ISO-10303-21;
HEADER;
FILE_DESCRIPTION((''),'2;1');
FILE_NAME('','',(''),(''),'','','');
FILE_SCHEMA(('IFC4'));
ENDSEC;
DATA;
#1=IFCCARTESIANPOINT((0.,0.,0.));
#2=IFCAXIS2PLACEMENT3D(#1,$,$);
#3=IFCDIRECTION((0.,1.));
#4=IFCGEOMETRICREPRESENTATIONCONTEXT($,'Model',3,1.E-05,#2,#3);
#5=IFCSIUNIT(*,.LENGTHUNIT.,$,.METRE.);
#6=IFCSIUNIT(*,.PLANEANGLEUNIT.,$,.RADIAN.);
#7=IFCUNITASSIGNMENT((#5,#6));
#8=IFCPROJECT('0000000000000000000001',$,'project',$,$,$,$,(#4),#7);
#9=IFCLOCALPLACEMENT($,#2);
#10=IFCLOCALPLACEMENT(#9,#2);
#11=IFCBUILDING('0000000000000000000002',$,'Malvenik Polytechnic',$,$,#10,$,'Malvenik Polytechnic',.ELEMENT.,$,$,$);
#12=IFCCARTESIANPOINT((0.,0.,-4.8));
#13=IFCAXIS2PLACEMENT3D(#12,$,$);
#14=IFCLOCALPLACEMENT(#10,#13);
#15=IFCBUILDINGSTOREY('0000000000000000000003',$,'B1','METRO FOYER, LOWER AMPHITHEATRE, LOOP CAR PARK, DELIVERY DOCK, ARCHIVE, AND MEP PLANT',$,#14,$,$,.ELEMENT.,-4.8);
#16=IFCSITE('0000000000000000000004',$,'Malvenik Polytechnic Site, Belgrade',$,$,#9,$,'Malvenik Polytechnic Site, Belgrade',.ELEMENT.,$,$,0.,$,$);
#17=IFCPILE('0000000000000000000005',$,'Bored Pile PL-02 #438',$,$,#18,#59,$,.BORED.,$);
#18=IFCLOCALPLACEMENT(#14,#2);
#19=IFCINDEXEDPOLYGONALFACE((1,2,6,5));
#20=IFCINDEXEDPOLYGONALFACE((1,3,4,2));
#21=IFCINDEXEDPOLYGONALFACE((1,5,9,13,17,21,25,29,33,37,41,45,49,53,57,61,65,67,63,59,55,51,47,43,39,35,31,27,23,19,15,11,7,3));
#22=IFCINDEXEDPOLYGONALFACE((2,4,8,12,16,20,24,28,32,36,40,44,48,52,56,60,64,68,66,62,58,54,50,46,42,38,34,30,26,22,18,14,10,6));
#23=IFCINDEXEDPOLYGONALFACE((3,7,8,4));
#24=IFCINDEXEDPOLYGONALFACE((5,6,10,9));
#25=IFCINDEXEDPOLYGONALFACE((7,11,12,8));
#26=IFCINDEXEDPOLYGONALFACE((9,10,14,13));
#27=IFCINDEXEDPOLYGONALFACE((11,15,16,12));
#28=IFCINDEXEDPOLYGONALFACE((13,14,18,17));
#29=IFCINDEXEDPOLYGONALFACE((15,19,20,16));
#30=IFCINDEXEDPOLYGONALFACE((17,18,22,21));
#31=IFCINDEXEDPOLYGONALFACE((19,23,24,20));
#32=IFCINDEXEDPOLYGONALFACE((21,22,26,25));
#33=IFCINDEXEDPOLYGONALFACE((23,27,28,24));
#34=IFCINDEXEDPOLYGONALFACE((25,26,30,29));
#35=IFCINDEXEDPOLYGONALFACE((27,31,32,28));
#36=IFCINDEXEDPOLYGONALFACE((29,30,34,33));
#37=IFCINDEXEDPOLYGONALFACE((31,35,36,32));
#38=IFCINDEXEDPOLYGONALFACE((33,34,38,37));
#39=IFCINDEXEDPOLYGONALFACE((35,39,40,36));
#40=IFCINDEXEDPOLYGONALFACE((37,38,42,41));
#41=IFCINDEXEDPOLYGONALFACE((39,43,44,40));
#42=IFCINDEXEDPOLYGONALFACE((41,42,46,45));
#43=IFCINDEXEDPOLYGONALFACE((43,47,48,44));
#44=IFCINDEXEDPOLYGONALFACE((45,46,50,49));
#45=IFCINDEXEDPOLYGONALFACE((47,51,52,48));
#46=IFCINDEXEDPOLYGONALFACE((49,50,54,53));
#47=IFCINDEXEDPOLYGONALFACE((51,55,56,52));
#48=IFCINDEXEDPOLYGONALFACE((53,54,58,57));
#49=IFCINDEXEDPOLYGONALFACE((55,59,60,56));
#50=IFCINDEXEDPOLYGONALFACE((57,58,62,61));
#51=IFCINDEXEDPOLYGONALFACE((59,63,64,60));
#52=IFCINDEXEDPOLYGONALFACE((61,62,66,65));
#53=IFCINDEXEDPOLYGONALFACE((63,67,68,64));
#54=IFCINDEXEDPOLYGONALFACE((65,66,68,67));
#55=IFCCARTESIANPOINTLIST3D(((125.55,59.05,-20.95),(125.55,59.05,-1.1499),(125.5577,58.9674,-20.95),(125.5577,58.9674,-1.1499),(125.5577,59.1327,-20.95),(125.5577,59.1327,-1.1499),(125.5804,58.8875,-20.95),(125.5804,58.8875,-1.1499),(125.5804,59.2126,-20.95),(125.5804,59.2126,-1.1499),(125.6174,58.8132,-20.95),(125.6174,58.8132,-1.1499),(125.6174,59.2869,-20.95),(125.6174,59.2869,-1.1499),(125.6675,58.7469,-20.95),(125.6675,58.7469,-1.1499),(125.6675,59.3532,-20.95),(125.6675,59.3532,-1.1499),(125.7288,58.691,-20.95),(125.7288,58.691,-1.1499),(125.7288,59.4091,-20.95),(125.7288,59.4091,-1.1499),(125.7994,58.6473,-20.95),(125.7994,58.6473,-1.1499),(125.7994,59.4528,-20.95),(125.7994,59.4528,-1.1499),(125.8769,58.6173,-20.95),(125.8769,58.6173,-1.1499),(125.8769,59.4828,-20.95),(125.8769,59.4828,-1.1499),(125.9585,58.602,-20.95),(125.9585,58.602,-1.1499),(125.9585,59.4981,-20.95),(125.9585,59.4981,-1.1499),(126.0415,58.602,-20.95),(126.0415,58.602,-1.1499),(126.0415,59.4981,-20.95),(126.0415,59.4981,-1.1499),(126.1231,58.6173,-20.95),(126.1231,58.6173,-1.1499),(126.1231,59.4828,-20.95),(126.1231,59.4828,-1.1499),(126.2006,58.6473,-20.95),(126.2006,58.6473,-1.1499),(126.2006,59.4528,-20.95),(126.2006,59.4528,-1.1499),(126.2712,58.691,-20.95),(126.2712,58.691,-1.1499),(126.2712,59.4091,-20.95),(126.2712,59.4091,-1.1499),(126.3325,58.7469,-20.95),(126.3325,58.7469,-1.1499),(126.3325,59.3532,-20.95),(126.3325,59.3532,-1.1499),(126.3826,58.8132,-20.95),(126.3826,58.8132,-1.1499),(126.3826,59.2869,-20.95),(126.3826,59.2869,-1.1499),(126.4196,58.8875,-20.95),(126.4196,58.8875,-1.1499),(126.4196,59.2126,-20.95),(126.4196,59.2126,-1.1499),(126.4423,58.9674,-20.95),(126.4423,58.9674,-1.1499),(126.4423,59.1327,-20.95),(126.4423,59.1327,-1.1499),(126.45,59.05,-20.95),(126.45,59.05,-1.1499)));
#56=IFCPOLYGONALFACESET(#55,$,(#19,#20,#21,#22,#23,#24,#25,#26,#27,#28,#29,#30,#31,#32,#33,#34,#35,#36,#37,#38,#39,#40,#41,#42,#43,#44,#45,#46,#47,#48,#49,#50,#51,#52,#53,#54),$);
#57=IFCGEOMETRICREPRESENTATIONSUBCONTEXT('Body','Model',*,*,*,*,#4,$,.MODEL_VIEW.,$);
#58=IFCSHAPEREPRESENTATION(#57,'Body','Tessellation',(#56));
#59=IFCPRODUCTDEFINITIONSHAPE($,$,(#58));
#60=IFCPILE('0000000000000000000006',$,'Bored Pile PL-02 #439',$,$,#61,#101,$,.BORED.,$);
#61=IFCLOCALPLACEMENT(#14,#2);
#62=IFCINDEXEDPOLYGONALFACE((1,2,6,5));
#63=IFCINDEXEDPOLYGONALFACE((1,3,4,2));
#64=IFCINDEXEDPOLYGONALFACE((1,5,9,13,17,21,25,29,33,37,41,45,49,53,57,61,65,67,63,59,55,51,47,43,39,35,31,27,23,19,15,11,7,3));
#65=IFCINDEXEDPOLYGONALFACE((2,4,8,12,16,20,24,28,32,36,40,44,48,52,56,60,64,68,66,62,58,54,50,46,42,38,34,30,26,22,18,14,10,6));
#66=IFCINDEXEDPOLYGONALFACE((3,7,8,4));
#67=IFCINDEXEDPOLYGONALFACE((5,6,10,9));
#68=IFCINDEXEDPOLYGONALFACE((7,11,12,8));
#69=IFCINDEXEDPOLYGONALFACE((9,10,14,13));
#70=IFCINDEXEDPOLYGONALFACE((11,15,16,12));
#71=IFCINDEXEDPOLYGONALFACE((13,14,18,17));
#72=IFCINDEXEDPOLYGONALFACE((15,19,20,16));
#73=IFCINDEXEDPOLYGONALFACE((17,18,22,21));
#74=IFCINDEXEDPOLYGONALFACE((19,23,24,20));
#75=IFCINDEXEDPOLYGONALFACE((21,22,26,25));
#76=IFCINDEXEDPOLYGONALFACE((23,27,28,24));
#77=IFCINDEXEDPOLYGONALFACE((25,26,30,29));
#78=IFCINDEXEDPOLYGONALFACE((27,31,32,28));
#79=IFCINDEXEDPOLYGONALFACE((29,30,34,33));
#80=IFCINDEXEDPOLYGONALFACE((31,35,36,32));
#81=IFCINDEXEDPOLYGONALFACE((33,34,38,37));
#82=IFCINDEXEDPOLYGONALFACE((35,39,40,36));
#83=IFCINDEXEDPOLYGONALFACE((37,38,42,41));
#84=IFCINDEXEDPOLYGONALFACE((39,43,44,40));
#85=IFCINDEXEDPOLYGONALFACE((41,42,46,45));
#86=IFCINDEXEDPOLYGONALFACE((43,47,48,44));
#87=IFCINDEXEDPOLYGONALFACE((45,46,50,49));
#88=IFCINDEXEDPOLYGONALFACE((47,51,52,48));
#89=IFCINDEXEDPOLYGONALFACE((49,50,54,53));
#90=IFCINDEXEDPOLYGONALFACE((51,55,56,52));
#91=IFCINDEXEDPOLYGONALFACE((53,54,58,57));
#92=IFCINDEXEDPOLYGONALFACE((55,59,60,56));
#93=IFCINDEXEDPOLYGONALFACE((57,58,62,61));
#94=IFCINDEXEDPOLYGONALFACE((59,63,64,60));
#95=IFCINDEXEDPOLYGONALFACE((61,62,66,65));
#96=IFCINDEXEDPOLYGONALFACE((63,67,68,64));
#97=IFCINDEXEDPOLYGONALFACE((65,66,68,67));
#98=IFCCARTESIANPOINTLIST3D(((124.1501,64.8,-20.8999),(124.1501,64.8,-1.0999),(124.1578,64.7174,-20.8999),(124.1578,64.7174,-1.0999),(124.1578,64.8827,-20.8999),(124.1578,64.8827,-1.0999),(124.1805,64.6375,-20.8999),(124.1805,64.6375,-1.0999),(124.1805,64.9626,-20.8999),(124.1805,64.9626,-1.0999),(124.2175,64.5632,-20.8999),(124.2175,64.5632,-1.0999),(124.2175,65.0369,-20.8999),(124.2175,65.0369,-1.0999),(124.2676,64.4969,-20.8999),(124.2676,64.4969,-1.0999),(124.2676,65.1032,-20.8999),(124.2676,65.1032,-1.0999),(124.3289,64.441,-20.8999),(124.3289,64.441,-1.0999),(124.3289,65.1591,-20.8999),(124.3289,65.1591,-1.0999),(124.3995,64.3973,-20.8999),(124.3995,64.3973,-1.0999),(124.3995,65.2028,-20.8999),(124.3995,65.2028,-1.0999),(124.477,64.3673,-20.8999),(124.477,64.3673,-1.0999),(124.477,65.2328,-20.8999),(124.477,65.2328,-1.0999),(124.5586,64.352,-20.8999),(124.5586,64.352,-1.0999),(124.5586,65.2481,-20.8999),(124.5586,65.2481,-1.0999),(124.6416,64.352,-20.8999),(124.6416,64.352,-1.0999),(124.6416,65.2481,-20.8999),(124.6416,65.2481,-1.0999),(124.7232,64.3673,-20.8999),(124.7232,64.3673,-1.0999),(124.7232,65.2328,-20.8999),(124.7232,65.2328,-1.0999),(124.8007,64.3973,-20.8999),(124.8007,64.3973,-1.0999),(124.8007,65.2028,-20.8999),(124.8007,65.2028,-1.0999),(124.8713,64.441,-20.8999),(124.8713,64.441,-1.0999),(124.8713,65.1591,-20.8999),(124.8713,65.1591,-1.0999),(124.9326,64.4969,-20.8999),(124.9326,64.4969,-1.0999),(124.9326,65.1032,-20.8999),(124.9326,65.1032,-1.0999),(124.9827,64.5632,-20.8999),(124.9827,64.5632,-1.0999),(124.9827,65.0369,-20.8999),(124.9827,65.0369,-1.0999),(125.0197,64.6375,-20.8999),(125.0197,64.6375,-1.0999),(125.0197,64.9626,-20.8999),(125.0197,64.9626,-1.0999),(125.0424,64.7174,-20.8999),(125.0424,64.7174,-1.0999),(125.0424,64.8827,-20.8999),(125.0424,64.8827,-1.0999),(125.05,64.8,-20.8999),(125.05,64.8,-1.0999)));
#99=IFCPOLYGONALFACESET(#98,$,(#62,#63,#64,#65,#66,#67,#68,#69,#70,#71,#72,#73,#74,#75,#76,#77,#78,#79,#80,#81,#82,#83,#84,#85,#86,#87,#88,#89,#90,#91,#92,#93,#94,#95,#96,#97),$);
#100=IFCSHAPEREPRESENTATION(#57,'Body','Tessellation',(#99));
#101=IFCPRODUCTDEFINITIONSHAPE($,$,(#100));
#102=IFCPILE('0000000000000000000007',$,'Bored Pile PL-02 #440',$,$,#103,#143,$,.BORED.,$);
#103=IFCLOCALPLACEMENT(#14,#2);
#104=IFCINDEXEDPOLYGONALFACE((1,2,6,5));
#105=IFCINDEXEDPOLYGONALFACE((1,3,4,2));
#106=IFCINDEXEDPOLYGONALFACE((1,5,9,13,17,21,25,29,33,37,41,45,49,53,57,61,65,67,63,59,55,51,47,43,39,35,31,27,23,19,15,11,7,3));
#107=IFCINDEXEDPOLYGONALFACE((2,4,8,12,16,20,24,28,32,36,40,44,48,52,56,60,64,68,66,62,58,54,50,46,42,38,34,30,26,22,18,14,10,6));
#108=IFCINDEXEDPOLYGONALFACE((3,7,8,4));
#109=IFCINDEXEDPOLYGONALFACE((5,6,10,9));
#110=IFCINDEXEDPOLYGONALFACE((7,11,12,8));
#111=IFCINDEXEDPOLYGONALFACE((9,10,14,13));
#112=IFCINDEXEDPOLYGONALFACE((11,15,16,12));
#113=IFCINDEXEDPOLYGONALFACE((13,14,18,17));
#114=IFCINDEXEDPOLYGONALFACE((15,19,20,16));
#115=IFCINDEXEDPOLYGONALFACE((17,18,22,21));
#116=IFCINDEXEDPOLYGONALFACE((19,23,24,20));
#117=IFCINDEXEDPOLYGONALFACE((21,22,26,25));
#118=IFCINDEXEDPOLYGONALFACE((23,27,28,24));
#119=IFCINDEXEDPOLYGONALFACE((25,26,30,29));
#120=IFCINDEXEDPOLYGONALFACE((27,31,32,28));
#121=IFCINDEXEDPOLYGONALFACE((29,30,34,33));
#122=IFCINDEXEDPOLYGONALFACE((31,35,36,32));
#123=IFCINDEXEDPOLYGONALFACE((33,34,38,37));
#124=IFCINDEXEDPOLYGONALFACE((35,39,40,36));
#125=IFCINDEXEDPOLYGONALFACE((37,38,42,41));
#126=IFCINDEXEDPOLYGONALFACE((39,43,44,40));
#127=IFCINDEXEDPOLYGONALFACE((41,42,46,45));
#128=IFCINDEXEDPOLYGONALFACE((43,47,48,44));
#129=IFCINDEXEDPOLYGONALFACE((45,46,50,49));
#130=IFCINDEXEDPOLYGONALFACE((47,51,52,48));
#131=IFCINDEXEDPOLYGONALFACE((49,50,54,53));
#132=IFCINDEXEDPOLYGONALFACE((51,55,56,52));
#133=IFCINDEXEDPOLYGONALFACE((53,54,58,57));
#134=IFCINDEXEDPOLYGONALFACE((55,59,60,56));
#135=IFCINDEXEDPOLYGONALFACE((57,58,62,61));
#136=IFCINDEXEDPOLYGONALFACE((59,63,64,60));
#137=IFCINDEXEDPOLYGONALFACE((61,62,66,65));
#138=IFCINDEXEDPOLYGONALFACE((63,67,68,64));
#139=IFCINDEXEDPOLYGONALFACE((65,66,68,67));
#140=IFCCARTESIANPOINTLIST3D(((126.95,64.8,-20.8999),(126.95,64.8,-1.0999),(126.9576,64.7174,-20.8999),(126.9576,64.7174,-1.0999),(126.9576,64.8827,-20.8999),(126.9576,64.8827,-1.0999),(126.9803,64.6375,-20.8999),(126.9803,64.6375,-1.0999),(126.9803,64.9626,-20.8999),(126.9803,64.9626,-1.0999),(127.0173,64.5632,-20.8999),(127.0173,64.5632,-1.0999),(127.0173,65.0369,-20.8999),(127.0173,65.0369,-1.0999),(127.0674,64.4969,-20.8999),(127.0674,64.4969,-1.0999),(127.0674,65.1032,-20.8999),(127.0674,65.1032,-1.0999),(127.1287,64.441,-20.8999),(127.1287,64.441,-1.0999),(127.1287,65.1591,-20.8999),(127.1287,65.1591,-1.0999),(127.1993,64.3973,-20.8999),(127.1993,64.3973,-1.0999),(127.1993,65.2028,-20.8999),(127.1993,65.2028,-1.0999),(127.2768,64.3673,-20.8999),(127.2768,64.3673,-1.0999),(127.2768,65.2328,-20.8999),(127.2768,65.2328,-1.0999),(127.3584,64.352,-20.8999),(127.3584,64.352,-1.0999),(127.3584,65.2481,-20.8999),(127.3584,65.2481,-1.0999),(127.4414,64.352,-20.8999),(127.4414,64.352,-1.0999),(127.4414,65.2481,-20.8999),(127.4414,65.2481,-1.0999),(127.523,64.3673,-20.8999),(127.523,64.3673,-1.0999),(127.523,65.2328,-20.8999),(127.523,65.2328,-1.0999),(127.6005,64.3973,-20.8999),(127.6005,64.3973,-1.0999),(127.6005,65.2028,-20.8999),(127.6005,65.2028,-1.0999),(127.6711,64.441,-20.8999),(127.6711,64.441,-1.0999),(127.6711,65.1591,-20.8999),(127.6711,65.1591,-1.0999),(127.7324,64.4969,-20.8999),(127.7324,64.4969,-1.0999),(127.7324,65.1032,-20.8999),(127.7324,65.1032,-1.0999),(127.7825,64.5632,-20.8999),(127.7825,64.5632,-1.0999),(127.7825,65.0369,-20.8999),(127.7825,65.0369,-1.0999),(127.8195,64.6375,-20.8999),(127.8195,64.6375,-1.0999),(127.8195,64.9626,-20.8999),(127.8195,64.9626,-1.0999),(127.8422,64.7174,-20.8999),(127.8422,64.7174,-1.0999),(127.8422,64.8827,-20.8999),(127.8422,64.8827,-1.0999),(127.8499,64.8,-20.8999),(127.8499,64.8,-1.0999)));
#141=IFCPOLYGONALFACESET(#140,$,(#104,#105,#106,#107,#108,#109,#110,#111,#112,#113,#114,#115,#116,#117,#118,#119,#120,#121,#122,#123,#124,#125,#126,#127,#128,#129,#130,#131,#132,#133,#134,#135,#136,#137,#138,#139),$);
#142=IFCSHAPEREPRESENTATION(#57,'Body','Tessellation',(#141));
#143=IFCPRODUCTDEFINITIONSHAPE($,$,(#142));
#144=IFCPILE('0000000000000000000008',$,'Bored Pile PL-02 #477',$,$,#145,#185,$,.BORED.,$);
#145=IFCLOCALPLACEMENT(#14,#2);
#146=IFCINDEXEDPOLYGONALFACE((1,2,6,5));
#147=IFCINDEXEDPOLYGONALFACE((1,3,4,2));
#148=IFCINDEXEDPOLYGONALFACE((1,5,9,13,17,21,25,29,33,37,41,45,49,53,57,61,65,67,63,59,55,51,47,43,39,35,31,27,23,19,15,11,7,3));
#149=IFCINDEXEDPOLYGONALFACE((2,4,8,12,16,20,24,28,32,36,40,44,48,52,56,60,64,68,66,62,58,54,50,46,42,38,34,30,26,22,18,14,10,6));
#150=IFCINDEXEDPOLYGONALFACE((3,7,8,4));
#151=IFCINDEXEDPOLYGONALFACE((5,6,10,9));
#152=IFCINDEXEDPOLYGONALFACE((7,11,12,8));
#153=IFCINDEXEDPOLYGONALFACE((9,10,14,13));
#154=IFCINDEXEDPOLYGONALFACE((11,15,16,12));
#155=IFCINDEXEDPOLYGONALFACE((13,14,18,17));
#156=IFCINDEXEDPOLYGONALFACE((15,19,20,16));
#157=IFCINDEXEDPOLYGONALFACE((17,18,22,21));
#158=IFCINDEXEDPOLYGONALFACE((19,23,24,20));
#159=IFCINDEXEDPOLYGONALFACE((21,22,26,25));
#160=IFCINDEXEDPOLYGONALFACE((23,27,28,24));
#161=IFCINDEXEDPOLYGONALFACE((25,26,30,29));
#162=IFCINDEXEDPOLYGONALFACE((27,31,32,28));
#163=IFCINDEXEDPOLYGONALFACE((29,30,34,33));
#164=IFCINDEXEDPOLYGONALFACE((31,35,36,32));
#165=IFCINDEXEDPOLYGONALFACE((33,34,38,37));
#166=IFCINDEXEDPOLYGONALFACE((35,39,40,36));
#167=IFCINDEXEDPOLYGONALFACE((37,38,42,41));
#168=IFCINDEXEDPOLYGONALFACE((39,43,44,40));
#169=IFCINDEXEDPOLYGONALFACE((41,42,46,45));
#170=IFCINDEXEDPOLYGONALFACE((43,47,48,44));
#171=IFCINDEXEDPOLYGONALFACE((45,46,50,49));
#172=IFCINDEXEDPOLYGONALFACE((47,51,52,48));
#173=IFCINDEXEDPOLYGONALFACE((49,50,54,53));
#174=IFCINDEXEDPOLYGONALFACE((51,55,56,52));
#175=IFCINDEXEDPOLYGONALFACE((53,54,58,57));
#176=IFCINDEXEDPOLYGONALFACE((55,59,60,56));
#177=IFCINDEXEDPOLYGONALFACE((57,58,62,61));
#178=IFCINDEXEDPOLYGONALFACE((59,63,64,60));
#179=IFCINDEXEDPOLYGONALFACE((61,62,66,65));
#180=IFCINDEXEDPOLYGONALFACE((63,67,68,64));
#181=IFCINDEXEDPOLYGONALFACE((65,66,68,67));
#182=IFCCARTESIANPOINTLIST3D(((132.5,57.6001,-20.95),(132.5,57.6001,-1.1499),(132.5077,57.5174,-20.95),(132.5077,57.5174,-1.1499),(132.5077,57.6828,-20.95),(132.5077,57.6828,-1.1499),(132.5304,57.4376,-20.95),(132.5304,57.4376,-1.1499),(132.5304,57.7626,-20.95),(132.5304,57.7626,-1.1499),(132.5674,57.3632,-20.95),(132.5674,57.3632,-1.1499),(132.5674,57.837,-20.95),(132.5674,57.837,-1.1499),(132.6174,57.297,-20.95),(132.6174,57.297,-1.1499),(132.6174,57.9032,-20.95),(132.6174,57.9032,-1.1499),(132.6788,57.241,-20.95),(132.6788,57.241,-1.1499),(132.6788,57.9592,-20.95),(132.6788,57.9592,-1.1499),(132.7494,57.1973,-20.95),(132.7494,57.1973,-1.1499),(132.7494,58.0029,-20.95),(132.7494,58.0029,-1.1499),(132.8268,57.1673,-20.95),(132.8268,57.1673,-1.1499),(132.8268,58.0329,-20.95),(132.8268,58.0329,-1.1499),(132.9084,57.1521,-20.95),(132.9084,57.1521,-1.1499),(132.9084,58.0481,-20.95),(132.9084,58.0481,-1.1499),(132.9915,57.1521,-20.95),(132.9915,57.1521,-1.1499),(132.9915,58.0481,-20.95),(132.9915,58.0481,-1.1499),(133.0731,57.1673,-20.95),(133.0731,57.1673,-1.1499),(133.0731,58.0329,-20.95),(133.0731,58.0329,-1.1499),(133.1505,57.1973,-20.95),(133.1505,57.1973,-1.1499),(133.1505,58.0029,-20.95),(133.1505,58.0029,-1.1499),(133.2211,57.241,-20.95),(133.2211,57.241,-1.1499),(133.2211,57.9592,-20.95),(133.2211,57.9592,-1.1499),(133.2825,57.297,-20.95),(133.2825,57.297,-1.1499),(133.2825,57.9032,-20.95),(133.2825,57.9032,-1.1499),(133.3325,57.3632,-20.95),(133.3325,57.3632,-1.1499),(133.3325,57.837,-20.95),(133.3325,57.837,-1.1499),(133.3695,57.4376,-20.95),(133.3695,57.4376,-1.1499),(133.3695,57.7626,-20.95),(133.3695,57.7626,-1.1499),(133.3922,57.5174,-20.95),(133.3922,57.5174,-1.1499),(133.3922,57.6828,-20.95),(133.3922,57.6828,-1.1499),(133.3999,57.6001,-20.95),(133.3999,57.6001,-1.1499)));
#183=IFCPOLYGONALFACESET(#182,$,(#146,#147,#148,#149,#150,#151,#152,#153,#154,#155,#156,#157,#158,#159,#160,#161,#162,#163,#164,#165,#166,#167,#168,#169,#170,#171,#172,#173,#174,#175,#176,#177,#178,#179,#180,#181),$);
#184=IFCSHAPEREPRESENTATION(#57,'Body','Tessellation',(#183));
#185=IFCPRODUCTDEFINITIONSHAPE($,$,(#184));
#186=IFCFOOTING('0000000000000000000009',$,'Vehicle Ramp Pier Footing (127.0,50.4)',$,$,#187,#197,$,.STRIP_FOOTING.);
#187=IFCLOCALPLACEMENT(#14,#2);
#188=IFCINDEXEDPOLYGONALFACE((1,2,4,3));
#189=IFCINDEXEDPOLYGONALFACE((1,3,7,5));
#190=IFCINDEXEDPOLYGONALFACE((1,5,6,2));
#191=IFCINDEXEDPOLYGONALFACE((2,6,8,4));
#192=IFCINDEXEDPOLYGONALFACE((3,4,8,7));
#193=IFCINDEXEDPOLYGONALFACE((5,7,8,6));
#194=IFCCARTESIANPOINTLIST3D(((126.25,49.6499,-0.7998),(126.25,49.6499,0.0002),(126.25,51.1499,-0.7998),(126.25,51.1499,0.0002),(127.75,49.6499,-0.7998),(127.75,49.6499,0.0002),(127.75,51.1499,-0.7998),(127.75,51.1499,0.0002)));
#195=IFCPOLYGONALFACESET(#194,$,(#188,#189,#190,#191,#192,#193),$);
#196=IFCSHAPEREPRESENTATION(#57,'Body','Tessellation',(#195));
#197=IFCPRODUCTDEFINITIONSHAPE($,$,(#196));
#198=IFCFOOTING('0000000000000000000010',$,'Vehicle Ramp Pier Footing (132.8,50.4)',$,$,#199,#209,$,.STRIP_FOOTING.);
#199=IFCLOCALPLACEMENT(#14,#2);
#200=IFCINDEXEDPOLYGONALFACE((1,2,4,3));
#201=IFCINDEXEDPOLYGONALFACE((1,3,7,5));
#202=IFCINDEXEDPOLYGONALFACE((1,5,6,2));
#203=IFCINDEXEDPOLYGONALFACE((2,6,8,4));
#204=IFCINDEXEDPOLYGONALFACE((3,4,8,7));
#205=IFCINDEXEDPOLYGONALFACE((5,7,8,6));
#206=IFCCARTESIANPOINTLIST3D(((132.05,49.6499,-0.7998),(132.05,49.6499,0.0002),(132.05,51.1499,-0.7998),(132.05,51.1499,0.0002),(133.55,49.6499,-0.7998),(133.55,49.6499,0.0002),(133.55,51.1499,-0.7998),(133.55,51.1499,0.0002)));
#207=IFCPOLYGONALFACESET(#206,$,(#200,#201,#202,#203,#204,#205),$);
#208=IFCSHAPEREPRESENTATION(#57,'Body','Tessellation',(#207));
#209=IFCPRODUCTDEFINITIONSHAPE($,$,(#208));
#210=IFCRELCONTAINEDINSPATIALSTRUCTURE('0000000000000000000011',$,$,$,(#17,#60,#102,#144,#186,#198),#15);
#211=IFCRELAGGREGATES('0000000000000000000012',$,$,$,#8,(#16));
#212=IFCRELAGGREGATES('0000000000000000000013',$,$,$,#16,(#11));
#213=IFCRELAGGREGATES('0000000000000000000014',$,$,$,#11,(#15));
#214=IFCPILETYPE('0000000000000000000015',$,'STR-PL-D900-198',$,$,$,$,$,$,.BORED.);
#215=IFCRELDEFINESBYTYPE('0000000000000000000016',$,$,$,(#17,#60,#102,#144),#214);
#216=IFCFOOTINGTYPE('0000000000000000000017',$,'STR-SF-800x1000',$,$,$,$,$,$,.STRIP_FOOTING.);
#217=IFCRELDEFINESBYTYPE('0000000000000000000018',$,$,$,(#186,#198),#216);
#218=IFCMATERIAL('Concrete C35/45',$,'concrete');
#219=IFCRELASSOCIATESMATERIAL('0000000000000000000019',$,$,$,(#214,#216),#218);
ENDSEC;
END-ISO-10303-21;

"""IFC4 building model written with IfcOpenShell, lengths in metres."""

from ifc_helpers import new_model, si_unit, direction, frame, origin, origin_2d, place, context, subcontext, project, spatial, rectangle, circle, extrude, material, material_profile, profile_set, type_object, element, save


model = new_model("IFC4")

# Units and contexts
model_context = context("Model", 3, precision=1e-05, world=origin(), true_north=direction((0.0, 1.0)))
body_context = subcontext(model_context, "Body", "Model", "MODEL_VIEW")
ifc_project = project(units=[si_unit("LENGTHUNIT", "METRE"), si_unit("PLANEANGLEUNIT", "RADIAN")], contexts=[model_context])

# Site, building, storey
site_placement = place(None, origin())
site = spatial("IfcSite", under=ifc_project, at=site_placement, Name="Malvenik Polytechnic Site, Belgrade", LongName="Malvenik Polytechnic Site, Belgrade", CompositionType="ELEMENT", RefElevation=0.0)
building_placement = place(site_placement, origin())
building = spatial("IfcBuilding", under=site, at=building_placement, Name="Malvenik Polytechnic", LongName="Malvenik Polytechnic", CompositionType="ELEMENT")
storey_placement = place(building_placement, frame((0.0, 0.0, -4.8)))
storey = spatial("IfcBuildingStorey", under=building, at=storey_placement, Name="B1", Description="METRO FOYER, LOWER AMPHITHEATRE, LOOP CAR PARK, DELIVERY DOCK, ARCHIVE, AND MEP PLANT", CompositionType="ELEMENT", Elevation=-4.8)

# Shared definitions
ifc_material_1 = material(Name="Concrete C35/45", Category="concrete")

# Piles
ifc_material_profile_1 = material_profile(ifc_material_1, circle(Radius=0.45, at=origin_2d()), Name="BORED PILE D900")
ifc_profile_set_1 = profile_set([ifc_material_profile_1], Name="Concrete C35/45")
pile_type = type_object("IfcPileType", Name="STR-PL-D900-198", PredefinedType="BORED", material=ifc_profile_set_1)
for number, where, z_axis, x_axis, name in (
    (1, (126.0, 59.05, -1.1499), (0.0, 0.0, -1.0), (1.0, 0.0, 0.0), "Bored Pile PL-02 #438"),
    (2, (124.6001, 64.8, -1.0999), (0.0, 0.0, -1.0), (1.0, 0.0, 0.0), "Bored Pile PL-02 #439"),
    (3, (127.3999, 64.8, -1.0999), (0.0, 0.0, -1.0), (1.0, 0.0, 0.0), "Bored Pile PL-02 #440"),
    (4, (132.95, 57.6001, -1.1499), (0.0, 0.0, -1.0), (1.0, 0.0, 0.0), "Bored Pile PL-02 #477"),
):
    element("IfcPile", number, at=place(storey_placement, frame(where, z_axis=z_axis, x_axis=x_axis)), inside=storey, type_object=pile_type, Name=name, PredefinedType="BORED", context=body_context, shape_type="SweptSolid", body=[
        extrude(circle(Radius=0.45, at=origin_2d()), origin(), (0.0, 0.0, 1.0), 19.8),
    ])

# Footings
footing_type_1 = type_object("IfcFootingType", Name="STR-SF-800x1000", PredefinedType="STRIP_FOOTING", material=ifc_material_1)
for number, where, z_axis, x_axis, name in (
    (5, (127.0, 50.3999, -0.7998), (0.0, 0.0, 1.0), (1.0, 0.0, 0.0), "Vehicle Ramp Pier Footing (127.0,50.4)"),
    (6, (132.8, 50.3999, -0.7998), (0.0, 0.0, 1.0), (1.0, 0.0, 0.0), "Vehicle Ramp Pier Footing (132.8,50.4)"),
):
    element("IfcFooting", number, at=place(storey_placement, frame(where, z_axis=z_axis, x_axis=x_axis)), inside=storey, type_object=footing_type_1, Name=name, PredefinedType="STRIP_FOOTING", context=body_context, shape_type="SweptSolid", body=[
        extrude(rectangle(XDim=1.5, YDim=1.5, at=origin_2d()), origin(), (0.0, 0.0, 1.0), 0.8),
    ])

save(model, "model.ifc")
